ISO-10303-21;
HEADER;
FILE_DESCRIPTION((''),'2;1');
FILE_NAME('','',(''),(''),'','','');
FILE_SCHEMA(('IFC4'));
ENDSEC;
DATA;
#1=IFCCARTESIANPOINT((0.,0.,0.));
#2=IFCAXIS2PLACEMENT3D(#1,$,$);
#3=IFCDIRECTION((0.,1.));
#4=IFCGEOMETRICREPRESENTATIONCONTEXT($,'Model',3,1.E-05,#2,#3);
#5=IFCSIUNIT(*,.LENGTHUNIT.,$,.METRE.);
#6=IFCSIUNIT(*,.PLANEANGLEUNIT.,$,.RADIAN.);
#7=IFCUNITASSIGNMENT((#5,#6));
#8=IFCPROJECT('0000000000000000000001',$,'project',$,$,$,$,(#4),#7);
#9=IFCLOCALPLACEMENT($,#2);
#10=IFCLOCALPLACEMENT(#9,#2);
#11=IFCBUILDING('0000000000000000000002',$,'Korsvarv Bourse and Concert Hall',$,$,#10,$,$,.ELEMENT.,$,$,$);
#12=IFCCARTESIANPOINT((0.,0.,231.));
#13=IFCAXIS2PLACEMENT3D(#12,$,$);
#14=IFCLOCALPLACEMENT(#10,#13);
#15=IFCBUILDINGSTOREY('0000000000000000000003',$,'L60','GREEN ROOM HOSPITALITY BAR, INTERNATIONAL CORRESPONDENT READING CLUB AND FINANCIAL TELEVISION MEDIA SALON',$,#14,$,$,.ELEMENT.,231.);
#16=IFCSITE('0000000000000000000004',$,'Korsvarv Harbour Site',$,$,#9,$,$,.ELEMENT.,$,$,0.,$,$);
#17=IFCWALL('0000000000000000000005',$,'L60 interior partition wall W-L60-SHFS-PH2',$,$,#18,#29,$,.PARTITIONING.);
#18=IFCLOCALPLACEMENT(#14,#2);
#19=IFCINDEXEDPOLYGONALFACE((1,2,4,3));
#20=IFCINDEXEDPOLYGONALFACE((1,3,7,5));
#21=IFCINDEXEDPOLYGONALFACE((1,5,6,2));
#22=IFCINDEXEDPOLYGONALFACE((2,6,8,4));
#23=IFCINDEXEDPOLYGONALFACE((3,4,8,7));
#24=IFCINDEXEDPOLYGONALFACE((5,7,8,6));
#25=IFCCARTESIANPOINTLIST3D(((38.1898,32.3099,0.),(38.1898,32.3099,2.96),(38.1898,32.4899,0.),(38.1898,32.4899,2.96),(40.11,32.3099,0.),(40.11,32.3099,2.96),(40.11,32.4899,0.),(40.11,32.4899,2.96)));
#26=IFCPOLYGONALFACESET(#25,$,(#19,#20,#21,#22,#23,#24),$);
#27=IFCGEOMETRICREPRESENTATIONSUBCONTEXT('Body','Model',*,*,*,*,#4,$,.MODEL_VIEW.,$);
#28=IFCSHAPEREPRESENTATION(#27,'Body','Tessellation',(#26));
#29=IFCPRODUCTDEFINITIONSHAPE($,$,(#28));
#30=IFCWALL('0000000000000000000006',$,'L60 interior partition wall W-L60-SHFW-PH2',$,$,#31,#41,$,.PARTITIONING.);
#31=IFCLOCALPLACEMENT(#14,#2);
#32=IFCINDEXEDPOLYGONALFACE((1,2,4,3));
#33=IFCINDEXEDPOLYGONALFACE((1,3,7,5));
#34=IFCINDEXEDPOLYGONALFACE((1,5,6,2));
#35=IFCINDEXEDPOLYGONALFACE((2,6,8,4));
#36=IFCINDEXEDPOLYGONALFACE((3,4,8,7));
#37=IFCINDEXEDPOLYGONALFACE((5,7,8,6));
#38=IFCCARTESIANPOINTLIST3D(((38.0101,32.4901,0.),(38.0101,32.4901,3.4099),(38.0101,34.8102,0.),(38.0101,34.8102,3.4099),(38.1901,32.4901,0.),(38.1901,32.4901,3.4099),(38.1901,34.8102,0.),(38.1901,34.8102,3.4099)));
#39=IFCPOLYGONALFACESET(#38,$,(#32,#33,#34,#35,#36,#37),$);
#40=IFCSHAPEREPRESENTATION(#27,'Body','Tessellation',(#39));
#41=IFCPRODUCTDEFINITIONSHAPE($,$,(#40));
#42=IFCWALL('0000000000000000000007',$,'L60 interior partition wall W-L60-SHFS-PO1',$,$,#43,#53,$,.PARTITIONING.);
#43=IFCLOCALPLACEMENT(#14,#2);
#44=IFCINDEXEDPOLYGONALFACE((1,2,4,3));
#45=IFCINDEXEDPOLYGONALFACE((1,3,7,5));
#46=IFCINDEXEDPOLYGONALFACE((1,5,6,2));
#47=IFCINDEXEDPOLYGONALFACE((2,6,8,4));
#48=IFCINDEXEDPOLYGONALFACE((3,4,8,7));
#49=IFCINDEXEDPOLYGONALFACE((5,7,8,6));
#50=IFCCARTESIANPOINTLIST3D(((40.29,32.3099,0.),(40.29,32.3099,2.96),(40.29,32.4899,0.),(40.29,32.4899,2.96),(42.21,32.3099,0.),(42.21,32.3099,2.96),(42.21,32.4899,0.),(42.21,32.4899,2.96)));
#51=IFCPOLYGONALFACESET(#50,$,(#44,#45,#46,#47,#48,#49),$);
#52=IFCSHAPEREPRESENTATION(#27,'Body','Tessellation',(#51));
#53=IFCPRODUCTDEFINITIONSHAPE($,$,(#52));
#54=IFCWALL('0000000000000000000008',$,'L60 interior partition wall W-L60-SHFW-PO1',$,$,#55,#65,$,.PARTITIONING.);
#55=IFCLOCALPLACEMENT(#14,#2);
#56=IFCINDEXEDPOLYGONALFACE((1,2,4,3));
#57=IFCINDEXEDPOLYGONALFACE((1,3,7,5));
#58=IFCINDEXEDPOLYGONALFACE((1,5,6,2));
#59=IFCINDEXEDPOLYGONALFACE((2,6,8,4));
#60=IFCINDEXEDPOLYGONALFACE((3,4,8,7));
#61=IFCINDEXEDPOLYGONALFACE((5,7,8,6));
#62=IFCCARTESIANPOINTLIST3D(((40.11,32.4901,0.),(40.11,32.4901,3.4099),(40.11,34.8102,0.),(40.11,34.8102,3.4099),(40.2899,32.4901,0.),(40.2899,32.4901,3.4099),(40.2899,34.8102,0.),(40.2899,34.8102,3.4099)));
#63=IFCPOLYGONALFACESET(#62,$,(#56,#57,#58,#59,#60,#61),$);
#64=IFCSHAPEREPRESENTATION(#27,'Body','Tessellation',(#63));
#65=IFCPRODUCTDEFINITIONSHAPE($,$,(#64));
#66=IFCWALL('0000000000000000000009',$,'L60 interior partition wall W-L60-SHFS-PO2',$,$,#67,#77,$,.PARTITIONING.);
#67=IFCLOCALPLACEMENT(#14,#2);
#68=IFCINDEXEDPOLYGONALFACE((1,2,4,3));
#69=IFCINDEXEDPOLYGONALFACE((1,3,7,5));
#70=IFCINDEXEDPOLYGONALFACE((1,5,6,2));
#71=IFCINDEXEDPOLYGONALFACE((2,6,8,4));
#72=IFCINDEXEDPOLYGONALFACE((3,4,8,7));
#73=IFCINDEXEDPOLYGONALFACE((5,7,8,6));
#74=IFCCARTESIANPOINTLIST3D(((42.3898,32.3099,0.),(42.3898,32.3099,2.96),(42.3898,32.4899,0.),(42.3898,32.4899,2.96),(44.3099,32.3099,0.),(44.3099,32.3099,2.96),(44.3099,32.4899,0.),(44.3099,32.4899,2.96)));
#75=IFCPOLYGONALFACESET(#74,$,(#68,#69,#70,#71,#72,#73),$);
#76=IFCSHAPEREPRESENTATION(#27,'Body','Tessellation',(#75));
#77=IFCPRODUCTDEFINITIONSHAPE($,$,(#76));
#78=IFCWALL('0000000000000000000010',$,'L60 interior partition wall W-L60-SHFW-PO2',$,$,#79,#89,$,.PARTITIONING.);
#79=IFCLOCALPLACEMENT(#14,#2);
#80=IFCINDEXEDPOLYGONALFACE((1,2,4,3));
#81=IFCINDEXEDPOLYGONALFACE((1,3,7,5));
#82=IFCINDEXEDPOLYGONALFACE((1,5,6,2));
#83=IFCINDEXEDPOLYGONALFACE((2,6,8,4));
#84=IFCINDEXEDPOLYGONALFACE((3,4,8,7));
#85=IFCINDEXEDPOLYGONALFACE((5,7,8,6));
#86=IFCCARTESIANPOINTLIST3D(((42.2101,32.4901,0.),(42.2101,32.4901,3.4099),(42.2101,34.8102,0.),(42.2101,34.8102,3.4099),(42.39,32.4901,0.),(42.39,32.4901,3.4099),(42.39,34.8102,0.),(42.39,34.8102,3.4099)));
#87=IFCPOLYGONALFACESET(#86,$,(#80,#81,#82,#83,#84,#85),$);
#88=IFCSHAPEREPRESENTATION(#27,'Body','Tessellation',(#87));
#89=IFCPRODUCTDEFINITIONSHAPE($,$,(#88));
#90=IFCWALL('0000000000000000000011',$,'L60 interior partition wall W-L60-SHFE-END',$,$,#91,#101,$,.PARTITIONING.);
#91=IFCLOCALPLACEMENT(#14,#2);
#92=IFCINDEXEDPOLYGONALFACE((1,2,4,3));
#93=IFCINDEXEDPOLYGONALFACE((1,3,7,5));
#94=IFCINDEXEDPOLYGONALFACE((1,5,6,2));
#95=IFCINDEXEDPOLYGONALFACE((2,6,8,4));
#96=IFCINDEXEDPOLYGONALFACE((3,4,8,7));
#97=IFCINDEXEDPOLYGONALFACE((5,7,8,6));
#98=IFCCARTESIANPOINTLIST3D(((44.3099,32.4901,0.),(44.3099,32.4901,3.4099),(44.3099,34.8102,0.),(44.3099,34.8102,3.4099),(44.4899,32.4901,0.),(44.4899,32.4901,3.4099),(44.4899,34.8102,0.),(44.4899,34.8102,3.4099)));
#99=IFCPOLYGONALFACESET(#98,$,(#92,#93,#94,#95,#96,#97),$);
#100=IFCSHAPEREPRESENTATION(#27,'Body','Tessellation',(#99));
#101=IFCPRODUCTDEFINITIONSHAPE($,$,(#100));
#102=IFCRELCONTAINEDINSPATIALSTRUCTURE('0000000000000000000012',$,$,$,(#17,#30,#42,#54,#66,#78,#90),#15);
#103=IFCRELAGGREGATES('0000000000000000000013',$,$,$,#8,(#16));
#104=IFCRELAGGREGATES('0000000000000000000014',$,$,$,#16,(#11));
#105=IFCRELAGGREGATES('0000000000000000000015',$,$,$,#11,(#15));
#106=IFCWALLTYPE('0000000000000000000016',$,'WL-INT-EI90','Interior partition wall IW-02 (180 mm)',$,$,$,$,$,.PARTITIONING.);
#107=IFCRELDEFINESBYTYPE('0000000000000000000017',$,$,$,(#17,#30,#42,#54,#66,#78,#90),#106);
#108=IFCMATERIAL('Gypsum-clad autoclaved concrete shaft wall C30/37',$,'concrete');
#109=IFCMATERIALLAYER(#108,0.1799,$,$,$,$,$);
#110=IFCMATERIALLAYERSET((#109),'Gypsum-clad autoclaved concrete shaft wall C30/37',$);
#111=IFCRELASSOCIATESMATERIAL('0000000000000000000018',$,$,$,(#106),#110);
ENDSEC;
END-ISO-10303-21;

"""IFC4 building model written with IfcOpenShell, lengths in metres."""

from ifc_helpers import new_model, si_unit, direction, frame, frame_2d, origin, place, context, subcontext, project, spatial, rectangle, extrude, material, layer, layer_set, type_object, element, save


model = new_model("IFC4")

# Units and contexts
model_context = context("Model", 3, precision=1e-05, world=origin(), true_north=direction((0.0, 1.0)))
body_context = subcontext(model_context, "Body", "Model", "MODEL_VIEW")
ifc_project = project(units=[si_unit("LENGTHUNIT", "METRE"), si_unit("PLANEANGLEUNIT", "RADIAN")], contexts=[model_context])

# Site, building, storey
site_placement = place(None, origin())
site = spatial("IfcSite", under=ifc_project, at=site_placement, Name="Korsvarv Harbour Site", CompositionType="ELEMENT", RefElevation=0.0)
building_placement = place(site_placement, origin())
building = spatial("IfcBuilding", under=site, at=building_placement, Name="Korsvarv Bourse and Concert Hall", CompositionType="ELEMENT")
storey_placement = place(building_placement, frame((0.0, 0.0, 231.0)))
storey = spatial("IfcBuildingStorey", under=building, at=storey_placement, Name="L60", Description="GREEN ROOM HOSPITALITY BAR, INTERNATIONAL CORRESPONDENT READING CLUB AND FINANCIAL TELEVISION MEDIA SALON", CompositionType="ELEMENT", Elevation=231.0)

# Walls
ifc_material_1 = material(Name="Gypsum-clad autoclaved concrete shaft wall C30/37", Category="concrete")
ifc_layer_1 = layer(ifc_material_1, 0.1799)
ifc_layer_set_1 = layer_set([ifc_layer_1], Name="Gypsum-clad autoclaved concrete shaft wall C30/37")
wall_type_1 = type_object("IfcWallType", Name="WL-INT-EI90", Description="Interior partition wall IW-02 (180 mm)", PredefinedType="PARTITIONING", material=ifc_layer_set_1)
wall_1_placement = place(storey_placement, frame((38.1899, 32.3999, 0.0), z_axis=(0.0, 0.0, 1.0), x_axis=(1.0, 0.0, 0.0)))
element("IfcWall", 1, at=wall_1_placement, inside=storey, type_object=wall_type_1, Name="L60 interior partition wall W-L60-SHFS-PH2", PredefinedType="PARTITIONING", context=body_context, shape_type="SweptSolid", body=[
    extrude(rectangle(XDim=1.9202, YDim=0.1799, at=frame_2d((0.96, 0.0))), origin(), (0.0, 0.0, 1.0), 2.96),
])
wall_2_placement = place(storey_placement, frame((38.1001, 32.49, 0.0), z_axis=(0.0, 0.0, 1.0), x_axis=(0.0, 1.0, 0.0)))
element("IfcWall", 2, at=wall_2_placement, inside=storey, type_object=wall_type_1, Name="L60 interior partition wall W-L60-SHFW-PH2", PredefinedType="PARTITIONING", context=body_context, shape_type="SweptSolid", body=[
    extrude(rectangle(XDim=2.3201, YDim=0.1799, at=frame_2d((1.1602, 0.0))), origin(), (0.0, 0.0, 1.0), 3.4099),
])
wall_3_placement = place(storey_placement, frame((40.29, 32.3999, 0.0), z_axis=(0.0, 0.0, 1.0), x_axis=(1.0, 0.0, 0.0)))
element("IfcWall", 3, at=wall_3_placement, inside=storey, type_object=wall_type_1, Name="L60 interior partition wall W-L60-SHFS-PO1", PredefinedType="PARTITIONING", context=body_context, shape_type="SweptSolid", body=[
    extrude(rectangle(XDim=1.9199, YDim=0.1799, at=frame_2d((0.96, 0.0))), origin(), (0.0, 0.0, 1.0), 2.96),
])
wall_4_placement = place(storey_placement, frame((40.2, 32.49, 0.0), z_axis=(0.0, 0.0, 1.0), x_axis=(0.0, 1.0, 0.0)))
element("IfcWall", 4, at=wall_4_placement, inside=storey, type_object=wall_type_1, Name="L60 interior partition wall W-L60-SHFW-PO1", PredefinedType="PARTITIONING", context=body_context, shape_type="SweptSolid", body=[
    extrude(rectangle(XDim=2.3201, YDim=0.1799, at=frame_2d((1.1602, 0.0))), origin(), (0.0, 0.0, 1.0), 3.4099),
])
wall_5_placement = place(storey_placement, frame((42.3899, 32.3999, 0.0), z_axis=(0.0, 0.0, 1.0), x_axis=(1.0, 0.0, 0.0)))
element("IfcWall", 5, at=wall_5_placement, inside=storey, type_object=wall_type_1, Name="L60 interior partition wall W-L60-SHFS-PO2", PredefinedType="PARTITIONING", context=body_context, shape_type="SweptSolid", body=[
    extrude(rectangle(XDim=1.9202, YDim=0.1799, at=frame_2d((0.96, 0.0))), origin(), (0.0, 0.0, 1.0), 2.96),
])
for number, where, z_axis, x_axis, name in (
    (6, (42.3, 32.49, 0.0), (0.0, 0.0, 1.0), (0.0, 1.0, 0.0), "L60 interior partition wall W-L60-SHFW-PO2"),
    (7, (44.3999, 32.49, 0.0), (0.0, 0.0, 1.0), (0.0, 1.0, 0.0), "L60 interior partition wall W-L60-SHFE-END"),
):
    element("IfcWall", number, at=place(storey_placement, frame(where, z_axis=z_axis, x_axis=x_axis)), inside=storey, type_object=wall_type_1, Name=name, PredefinedType="PARTITIONING", context=body_context, shape_type="SweptSolid", body=[
        extrude(rectangle(XDim=2.3201, YDim=0.1799, at=frame_2d((1.1602, 0.0))), origin(), (0.0, 0.0, 1.0), 3.4099),
    ])

save(model, "model.ifc")
